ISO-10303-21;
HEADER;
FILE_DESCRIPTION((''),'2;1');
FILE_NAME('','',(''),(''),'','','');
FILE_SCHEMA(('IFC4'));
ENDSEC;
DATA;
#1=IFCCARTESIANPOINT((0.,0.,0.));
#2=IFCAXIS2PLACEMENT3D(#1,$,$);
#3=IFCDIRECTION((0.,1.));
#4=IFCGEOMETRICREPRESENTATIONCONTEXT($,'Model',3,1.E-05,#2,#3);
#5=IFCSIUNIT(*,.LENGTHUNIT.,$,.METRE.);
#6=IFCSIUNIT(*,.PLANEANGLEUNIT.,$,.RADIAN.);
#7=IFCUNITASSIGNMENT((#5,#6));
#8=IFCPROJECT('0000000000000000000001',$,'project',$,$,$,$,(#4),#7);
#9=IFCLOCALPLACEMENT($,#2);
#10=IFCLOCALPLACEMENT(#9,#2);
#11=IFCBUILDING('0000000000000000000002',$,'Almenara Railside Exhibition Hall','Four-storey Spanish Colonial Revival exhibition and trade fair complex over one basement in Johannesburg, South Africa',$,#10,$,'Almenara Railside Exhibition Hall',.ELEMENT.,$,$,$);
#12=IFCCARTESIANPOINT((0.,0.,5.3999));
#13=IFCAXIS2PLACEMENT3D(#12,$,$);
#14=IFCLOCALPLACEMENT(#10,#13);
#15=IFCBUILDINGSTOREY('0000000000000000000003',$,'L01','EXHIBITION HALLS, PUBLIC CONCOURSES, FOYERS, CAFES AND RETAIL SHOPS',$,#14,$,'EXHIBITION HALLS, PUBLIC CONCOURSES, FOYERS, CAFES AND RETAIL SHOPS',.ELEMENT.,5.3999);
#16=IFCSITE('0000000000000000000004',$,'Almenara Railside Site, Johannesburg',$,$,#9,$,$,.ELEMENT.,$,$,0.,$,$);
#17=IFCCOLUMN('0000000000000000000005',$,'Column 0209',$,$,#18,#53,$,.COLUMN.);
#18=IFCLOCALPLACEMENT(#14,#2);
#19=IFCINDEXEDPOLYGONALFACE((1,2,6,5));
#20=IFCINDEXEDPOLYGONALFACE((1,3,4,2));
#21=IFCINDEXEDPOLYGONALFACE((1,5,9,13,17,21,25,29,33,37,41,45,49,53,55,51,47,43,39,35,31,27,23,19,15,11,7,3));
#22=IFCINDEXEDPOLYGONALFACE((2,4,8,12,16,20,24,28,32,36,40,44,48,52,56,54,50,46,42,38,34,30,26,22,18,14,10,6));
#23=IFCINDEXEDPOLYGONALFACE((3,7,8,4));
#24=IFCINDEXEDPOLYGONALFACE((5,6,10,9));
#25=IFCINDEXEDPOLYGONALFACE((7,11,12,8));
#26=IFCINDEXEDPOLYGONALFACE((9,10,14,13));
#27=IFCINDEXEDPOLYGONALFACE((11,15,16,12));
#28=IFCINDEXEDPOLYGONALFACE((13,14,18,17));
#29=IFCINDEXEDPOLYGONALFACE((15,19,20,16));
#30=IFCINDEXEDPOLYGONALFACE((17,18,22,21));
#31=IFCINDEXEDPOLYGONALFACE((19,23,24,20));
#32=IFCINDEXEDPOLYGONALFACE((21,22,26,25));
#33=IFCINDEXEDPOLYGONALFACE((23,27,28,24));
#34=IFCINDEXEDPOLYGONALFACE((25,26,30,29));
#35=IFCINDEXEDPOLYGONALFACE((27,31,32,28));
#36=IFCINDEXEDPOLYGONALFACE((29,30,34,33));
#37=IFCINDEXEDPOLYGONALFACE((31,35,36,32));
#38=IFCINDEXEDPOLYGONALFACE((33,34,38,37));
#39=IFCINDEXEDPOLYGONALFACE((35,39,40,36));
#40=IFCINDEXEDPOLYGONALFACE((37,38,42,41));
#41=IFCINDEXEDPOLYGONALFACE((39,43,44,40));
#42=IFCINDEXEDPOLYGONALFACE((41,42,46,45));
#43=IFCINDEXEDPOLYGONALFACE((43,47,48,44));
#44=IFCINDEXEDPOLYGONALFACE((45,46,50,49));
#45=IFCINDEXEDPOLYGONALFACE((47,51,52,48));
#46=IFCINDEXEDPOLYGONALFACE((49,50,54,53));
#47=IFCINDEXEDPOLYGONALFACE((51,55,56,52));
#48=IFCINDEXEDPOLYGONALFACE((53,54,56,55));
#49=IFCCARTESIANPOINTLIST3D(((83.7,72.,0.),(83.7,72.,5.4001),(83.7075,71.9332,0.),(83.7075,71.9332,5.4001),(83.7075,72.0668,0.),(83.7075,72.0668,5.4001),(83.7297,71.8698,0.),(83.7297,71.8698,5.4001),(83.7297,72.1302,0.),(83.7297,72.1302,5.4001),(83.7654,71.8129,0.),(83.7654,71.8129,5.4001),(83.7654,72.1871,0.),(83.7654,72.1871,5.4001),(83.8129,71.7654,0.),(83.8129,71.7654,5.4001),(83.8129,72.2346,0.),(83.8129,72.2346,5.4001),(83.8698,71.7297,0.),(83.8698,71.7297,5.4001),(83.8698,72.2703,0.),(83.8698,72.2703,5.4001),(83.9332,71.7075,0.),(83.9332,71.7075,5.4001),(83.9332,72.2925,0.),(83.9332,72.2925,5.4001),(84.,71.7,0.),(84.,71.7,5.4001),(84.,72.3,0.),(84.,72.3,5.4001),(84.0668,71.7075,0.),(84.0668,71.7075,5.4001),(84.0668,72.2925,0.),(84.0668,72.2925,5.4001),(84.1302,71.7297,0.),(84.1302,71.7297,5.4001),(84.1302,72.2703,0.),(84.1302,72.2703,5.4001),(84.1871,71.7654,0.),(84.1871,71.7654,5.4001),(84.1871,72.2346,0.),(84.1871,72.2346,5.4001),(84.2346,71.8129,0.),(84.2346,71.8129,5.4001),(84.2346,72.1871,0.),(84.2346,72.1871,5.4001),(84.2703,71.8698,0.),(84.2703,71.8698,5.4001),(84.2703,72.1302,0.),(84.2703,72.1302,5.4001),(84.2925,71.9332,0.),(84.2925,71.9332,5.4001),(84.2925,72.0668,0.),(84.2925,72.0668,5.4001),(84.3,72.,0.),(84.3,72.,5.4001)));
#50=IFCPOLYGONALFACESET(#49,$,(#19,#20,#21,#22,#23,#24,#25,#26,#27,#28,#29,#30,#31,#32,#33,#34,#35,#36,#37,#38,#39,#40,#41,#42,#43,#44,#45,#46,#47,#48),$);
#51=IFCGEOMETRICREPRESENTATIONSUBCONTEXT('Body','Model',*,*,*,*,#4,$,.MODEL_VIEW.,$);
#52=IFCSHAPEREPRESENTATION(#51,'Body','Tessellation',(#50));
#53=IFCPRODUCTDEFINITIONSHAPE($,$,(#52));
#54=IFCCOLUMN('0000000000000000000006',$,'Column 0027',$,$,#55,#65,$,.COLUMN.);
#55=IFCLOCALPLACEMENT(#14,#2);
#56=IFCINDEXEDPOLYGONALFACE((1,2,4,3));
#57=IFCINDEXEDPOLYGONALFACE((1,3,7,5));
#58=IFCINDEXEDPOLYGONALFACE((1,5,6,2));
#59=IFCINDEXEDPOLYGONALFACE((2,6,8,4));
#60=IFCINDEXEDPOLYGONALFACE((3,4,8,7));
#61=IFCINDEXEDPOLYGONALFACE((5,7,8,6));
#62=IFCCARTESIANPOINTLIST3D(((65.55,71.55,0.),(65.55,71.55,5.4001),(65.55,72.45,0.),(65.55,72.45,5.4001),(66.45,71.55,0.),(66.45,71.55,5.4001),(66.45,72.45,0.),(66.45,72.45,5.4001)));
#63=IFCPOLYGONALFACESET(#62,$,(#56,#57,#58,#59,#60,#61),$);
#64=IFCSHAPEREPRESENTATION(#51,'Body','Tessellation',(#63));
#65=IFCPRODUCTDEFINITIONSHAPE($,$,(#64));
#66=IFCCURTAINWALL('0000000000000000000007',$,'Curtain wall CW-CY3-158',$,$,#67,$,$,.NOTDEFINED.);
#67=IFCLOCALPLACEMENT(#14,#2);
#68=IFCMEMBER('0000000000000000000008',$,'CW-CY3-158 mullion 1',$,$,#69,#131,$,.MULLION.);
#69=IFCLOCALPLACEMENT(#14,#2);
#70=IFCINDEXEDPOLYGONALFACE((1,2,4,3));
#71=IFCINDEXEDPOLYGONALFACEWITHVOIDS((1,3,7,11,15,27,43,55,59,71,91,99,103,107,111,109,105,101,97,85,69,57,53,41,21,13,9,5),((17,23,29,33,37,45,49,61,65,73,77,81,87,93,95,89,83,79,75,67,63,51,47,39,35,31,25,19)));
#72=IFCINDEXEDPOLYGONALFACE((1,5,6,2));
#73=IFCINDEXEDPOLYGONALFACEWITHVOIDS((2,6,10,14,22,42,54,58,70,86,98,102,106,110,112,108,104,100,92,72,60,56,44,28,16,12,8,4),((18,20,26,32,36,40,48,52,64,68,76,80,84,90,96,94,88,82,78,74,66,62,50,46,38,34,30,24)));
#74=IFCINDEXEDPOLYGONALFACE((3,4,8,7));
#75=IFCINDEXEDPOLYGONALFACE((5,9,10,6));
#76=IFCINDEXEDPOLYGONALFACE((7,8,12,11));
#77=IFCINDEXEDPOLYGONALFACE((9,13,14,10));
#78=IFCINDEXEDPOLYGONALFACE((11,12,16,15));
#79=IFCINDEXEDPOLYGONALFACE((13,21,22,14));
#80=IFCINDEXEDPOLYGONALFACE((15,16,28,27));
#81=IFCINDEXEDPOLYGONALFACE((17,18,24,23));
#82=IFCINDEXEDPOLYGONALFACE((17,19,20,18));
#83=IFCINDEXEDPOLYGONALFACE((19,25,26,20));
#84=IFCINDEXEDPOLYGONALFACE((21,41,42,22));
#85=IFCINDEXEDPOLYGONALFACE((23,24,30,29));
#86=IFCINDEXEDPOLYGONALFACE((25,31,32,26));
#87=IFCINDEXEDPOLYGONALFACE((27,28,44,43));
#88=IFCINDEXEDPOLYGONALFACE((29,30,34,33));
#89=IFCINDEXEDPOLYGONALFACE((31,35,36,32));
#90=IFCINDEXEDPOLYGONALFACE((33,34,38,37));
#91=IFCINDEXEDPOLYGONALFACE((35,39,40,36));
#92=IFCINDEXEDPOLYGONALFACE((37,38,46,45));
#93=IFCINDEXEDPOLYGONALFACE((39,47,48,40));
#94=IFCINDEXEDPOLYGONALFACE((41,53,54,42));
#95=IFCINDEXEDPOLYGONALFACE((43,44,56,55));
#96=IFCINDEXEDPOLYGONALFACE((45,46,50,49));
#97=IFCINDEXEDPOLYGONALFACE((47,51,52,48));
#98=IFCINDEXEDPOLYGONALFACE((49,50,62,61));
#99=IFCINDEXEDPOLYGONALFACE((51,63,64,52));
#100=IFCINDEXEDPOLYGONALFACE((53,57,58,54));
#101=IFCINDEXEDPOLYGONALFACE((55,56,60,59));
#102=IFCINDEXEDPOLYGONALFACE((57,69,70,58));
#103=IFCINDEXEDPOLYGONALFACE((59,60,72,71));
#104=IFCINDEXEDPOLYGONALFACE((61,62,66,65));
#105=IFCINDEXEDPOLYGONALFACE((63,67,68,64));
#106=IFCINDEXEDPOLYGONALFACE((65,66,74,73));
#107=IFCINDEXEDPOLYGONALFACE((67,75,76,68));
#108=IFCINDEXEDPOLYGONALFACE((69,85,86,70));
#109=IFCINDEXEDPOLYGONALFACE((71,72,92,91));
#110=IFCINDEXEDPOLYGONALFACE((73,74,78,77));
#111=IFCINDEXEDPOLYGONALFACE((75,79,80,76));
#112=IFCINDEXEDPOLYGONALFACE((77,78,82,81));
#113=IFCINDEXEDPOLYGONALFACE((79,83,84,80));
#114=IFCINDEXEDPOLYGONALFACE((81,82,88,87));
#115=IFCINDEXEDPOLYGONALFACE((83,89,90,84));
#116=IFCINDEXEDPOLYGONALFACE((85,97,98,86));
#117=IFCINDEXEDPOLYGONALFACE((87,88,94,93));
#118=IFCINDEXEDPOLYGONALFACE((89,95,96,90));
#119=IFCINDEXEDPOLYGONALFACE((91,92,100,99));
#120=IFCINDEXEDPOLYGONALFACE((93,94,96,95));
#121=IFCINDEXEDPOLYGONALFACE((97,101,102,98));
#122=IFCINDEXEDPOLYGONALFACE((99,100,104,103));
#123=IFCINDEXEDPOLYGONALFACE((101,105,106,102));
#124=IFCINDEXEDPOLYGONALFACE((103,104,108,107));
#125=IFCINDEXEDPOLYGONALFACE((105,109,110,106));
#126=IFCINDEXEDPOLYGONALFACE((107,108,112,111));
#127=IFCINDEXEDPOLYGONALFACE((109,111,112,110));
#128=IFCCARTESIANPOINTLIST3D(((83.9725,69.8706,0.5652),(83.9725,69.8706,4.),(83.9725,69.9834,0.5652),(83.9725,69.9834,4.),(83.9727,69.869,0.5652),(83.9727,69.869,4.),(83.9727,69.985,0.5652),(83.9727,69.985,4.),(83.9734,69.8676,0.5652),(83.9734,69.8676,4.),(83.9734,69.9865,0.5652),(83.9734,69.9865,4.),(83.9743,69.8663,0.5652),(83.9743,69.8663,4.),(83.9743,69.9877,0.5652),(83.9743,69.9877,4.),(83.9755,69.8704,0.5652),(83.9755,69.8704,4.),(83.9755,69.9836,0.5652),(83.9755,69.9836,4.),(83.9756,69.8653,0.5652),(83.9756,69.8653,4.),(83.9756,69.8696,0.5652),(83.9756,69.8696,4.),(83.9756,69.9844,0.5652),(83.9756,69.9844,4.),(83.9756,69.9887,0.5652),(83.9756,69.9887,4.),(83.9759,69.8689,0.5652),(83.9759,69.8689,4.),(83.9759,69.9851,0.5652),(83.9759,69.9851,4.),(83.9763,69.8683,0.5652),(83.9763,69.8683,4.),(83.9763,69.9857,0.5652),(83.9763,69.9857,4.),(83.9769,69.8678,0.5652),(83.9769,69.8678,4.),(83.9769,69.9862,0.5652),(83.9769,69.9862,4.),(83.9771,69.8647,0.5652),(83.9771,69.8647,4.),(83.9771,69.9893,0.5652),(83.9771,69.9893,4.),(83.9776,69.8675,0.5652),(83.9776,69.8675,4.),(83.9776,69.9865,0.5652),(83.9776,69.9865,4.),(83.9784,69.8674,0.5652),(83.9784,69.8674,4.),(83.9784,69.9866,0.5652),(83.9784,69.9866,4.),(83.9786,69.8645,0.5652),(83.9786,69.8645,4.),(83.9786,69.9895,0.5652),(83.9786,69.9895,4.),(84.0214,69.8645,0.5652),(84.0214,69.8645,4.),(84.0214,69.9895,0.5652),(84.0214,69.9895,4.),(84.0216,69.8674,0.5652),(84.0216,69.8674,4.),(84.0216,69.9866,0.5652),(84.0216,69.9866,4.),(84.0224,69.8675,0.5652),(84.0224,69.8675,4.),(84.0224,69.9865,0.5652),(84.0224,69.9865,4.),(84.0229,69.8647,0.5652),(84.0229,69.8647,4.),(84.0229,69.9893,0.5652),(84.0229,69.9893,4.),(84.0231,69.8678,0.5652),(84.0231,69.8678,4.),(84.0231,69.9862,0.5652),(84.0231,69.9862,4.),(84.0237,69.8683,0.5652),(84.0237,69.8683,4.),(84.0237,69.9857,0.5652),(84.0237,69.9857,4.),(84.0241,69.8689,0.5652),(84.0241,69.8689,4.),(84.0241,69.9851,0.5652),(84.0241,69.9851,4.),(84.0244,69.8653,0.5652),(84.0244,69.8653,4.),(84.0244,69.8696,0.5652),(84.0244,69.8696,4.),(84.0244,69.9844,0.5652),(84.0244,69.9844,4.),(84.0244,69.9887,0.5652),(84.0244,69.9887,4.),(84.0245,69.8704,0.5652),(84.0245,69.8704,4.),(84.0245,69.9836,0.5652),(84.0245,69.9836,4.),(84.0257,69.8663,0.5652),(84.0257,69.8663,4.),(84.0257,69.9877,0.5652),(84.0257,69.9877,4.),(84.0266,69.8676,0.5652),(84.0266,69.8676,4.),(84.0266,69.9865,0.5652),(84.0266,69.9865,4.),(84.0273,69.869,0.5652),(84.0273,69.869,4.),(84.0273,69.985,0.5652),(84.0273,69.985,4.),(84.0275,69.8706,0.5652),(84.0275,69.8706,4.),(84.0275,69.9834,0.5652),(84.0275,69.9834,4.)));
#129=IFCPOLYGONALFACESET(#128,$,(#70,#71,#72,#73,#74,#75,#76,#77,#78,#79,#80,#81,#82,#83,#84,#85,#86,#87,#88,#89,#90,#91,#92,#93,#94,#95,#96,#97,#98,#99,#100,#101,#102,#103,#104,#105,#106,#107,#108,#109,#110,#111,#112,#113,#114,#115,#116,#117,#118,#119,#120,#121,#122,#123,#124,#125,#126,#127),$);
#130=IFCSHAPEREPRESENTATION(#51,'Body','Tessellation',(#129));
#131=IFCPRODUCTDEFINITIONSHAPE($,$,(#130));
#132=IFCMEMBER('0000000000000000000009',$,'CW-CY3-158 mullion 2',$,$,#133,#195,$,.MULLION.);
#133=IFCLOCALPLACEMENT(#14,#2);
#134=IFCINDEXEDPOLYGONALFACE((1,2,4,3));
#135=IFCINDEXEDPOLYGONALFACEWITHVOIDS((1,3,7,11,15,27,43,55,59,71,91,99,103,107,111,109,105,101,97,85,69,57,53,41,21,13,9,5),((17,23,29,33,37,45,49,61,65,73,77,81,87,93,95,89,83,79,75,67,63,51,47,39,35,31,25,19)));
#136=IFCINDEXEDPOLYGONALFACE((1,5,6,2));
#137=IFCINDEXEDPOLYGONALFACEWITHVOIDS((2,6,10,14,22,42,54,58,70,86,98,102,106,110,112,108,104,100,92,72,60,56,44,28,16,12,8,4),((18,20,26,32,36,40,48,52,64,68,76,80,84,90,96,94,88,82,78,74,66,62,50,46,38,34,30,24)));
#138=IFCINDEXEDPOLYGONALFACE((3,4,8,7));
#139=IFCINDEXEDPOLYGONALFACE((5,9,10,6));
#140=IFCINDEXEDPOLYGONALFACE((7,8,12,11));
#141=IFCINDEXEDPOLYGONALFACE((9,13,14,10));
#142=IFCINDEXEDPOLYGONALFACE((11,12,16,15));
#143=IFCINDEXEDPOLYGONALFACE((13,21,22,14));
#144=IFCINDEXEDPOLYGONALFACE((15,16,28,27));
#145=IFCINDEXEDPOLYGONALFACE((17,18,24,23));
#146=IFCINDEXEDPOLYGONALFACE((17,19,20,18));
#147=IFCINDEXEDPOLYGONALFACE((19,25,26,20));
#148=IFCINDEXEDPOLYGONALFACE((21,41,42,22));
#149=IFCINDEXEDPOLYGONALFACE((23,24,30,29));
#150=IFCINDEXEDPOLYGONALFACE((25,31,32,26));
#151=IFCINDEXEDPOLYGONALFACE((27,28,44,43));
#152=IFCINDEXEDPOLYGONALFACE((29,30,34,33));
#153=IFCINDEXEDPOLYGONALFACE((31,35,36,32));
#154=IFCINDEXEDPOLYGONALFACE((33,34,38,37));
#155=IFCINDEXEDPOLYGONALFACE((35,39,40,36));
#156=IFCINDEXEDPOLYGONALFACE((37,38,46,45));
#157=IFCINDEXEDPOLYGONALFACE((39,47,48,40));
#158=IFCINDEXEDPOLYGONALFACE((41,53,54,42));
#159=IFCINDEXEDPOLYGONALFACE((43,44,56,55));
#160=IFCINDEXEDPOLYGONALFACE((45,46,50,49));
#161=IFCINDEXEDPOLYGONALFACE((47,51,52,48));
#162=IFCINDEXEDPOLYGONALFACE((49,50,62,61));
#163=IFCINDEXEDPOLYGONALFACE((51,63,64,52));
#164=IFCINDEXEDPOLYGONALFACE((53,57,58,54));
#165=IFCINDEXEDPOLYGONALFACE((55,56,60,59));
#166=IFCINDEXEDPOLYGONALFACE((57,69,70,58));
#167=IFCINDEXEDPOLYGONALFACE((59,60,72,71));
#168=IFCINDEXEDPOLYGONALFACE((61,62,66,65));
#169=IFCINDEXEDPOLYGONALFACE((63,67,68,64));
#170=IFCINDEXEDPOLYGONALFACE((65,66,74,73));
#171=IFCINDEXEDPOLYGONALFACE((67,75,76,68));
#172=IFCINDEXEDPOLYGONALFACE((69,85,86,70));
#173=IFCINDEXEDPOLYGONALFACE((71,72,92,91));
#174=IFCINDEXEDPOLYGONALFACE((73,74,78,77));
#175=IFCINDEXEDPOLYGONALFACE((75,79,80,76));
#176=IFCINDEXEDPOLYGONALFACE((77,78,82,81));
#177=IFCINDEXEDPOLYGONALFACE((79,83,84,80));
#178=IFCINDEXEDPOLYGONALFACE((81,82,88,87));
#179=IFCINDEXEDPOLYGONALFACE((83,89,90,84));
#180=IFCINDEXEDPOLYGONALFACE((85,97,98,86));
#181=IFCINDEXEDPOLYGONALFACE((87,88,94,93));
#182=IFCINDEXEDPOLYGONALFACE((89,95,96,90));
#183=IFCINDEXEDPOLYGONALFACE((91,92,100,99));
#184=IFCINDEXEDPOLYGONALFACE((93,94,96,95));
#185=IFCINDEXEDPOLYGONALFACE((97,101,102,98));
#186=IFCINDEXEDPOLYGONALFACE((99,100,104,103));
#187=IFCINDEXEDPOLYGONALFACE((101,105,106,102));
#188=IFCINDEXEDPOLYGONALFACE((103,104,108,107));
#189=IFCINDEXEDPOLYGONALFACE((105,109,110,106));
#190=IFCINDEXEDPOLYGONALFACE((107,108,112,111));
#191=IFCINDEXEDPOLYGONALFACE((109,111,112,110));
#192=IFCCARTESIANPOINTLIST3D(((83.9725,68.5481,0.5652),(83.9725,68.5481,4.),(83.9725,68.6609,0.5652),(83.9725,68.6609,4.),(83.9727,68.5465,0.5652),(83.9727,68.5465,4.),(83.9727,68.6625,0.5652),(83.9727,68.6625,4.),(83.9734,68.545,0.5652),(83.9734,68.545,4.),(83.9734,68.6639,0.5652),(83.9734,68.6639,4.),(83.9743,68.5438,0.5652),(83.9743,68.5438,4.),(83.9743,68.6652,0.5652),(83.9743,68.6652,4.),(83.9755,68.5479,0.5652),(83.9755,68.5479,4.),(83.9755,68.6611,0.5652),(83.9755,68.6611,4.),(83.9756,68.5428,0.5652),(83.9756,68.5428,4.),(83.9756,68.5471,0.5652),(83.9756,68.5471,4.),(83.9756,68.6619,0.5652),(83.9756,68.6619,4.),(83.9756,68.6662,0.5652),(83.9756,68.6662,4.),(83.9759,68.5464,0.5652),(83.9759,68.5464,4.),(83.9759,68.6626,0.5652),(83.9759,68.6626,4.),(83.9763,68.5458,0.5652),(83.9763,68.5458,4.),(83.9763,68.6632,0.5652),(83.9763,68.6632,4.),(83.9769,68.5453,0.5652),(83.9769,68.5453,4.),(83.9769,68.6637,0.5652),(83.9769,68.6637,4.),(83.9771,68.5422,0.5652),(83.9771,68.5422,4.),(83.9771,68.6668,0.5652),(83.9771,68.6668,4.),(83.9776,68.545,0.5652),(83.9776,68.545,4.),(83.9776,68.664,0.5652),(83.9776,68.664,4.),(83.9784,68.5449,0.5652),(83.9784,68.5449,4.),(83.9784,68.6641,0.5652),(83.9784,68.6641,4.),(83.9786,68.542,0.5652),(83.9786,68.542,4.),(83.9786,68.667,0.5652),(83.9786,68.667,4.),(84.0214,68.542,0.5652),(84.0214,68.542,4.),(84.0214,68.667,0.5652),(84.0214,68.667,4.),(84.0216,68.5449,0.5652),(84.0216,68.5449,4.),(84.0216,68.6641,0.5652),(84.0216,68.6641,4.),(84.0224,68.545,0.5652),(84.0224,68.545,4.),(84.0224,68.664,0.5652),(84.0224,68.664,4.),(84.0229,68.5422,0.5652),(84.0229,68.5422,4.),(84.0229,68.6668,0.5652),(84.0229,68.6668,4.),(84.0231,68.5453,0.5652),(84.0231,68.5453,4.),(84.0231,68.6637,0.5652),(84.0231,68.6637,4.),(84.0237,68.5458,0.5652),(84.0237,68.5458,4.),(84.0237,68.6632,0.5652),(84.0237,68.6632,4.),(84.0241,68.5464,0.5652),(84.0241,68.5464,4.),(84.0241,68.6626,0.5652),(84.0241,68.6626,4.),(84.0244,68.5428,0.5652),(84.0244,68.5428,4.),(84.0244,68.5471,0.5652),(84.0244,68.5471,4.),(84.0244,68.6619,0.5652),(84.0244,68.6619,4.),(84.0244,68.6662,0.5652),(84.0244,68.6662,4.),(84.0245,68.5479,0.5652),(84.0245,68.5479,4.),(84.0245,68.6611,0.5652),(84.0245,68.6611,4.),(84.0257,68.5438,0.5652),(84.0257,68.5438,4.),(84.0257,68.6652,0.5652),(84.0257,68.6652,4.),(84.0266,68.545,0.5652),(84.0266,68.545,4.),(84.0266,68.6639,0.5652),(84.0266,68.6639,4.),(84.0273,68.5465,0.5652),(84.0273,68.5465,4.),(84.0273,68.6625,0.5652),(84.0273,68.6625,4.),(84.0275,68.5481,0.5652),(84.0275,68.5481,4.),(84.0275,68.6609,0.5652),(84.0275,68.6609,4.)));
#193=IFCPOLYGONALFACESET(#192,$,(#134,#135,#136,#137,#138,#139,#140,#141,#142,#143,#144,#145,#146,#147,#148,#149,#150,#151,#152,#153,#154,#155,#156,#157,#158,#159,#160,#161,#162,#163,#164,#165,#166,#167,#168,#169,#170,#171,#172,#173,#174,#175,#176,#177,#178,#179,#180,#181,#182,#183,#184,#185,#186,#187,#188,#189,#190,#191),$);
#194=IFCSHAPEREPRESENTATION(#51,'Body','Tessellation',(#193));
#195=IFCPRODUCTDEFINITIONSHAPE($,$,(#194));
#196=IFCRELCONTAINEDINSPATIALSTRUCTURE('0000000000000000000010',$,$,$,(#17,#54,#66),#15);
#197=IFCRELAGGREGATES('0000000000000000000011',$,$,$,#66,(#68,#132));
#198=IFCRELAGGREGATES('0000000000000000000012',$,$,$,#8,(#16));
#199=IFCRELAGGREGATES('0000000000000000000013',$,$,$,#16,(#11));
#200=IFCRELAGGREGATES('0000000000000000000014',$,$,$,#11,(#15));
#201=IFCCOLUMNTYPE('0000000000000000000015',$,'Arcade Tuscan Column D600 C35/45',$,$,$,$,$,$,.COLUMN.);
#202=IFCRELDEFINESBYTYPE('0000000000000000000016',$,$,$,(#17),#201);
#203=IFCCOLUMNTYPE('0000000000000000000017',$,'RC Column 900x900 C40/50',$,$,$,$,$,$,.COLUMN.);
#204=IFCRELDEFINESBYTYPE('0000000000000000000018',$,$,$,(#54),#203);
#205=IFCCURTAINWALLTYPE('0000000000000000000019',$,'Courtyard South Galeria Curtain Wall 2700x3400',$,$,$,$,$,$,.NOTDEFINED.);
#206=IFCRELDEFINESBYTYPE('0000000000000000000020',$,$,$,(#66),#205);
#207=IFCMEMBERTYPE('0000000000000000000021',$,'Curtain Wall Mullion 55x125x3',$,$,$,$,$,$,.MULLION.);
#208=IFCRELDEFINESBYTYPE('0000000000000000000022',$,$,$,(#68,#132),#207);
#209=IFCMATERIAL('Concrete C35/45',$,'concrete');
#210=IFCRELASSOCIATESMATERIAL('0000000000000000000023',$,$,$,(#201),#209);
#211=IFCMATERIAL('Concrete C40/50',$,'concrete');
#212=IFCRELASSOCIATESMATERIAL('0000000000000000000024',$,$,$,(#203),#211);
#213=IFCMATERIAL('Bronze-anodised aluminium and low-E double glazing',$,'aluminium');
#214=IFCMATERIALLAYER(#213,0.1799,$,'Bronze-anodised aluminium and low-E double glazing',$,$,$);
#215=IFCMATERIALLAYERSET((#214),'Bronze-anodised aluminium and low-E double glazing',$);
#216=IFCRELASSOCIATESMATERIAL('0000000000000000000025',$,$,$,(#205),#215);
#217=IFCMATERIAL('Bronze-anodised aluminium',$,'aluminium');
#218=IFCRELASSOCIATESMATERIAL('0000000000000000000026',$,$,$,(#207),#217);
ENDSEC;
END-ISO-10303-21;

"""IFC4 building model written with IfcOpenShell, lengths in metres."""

from ifc_helpers import new_model, si_unit, direction, frame, origin, origin_2d, place, context, subcontext, project, spatial, rectangle, hollow_rectangle, circle, extrude, material, layer, layer_set, material_profile, profile_set, type_object, element, aggregate, save


model = new_model("IFC4")

# Units and contexts
model_context = context("Model", 3, precision=1e-05, world=origin(), true_north=direction((0.0, 1.0)))
body_context = subcontext(model_context, "Body", "Model", "MODEL_VIEW")
ifc_project = project(units=[si_unit("LENGTHUNIT", "METRE"), si_unit("PLANEANGLEUNIT", "RADIAN")], contexts=[model_context])

# Site, building, storey
site_placement = place(None, origin())
site = spatial("IfcSite", under=ifc_project, at=site_placement, Name="Almenara Railside Site, Johannesburg", CompositionType="ELEMENT", RefElevation=0.0)
building_placement = place(site_placement, origin())
building = spatial("IfcBuilding", under=site, at=building_placement, Name="Almenara Railside Exhibition Hall", Description="Four-storey Spanish Colonial Revival exhibition and trade fair complex over one basement in Johannesburg, South Africa", LongName="Almenara Railside Exhibition Hall", CompositionType="ELEMENT")
storey_placement = place(building_placement, frame((0.0, 0.0, 5.3999)))
storey = spatial("IfcBuildingStorey", under=building, at=storey_placement, Name="L01", Description="EXHIBITION HALLS, PUBLIC CONCOURSES, FOYERS, CAFES AND RETAIL SHOPS", LongName="EXHIBITION HALLS, PUBLIC CONCOURSES, FOYERS, CAFES AND RETAIL SHOPS", CompositionType="ELEMENT", Elevation=5.3999)

# Columns
ifc_material_1 = material(Name="Concrete C35/45", Category="concrete")
ifc_material_profile_1 = material_profile(ifc_material_1, circle(Radius=0.3, at=origin_2d()), Name="RC-COL D600")
ifc_profile_set_1 = profile_set([ifc_material_profile_1], Name="Concrete C35/45")
column_type_1 = type_object("IfcColumnType", Name="Arcade Tuscan Column D600 C35/45", PredefinedType="COLUMN", material=ifc_profile_set_1)
column_1_placement = place(storey_placement, frame((84.0, 72.0, 0.0), z_axis=(0.0, 0.0, 1.0), x_axis=(1.0, 0.0, 0.0)))
element("IfcColumn", 1, at=column_1_placement, inside=storey, type_object=column_type_1, Name="Column 0209", PredefinedType="COLUMN", context=body_context, shape_type="SweptSolid", body=[
    extrude(circle(Radius=0.3, at=origin_2d()), origin(), (0.0, 0.0, 1.0), 5.4001),
])
ifc_material_2 = material(Name="Concrete C40/50", Category="concrete")
ifc_material_profile_2 = material_profile(ifc_material_2, rectangle(XDim=0.8999, YDim=0.8999, at=origin_2d()), Name="RC 900x900")
ifc_profile_set_2 = profile_set([ifc_material_profile_2], Name="Concrete C40/50")
column_type_2 = type_object("IfcColumnType", Name="RC Column 900x900 C40/50", PredefinedType="COLUMN", material=ifc_profile_set_2)
column_2_placement = place(storey_placement, frame((66.0, 72.0, 0.0), z_axis=(0.0, 0.0, 1.0), x_axis=(1.0, 0.0, 0.0)))
element("IfcColumn", 2, at=column_2_placement, inside=storey, type_object=column_type_2, Name="Column 0027", PredefinedType="COLUMN", context=body_context, shape_type="SweptSolid", body=[
    extrude(rectangle(XDim=0.8999, YDim=0.8999, at=origin_2d()), origin(), (0.0, 0.0, 1.0), 5.4001),
])

# Curtain wall, members
ifc_material_3 = material(Name="Bronze-anodised aluminium and low-E double glazing", Category="aluminium")
ifc_layer_1 = layer(ifc_material_3, 0.1799, Name="Bronze-anodised aluminium and low-E double glazing")
ifc_layer_set_1 = layer_set([ifc_layer_1], Name="Bronze-anodised aluminium and low-E double glazing")
curtain_wall_type = type_object("IfcCurtainWallType", Name="Courtyard South Galeria Curtain Wall 2700x3400", PredefinedType="NOTDEFINED", material=ifc_layer_set_1)
curtain_wall_1_placement = place(storey_placement, origin())
curtain_wall_1 = element("IfcCurtainWall", 3, at=curtain_wall_1_placement, inside=storey, type_object=curtain_wall_type, Name="Curtain wall CW-CY3-158", PredefinedType="NOTDEFINED")
ifc_material_4 = material(Name="Bronze-anodised aluminium", Category="aluminium")
ifc_material_profile_3 = material_profile(ifc_material_4, hollow_rectangle(XDim=0.0549, YDim=0.125, WallThickness=0.0029, InnerFilletRadius=0.0029, OuterFilletRadius=0.0061, at=origin_2d()), Name="ALU-MUL 55x125x3")
ifc_profile_set_3 = profile_set([ifc_material_profile_3], Name="Bronze-anodised aluminium")
member_type_1 = type_object("IfcMemberType", Name="Curtain Wall Mullion 55x125x3", PredefinedType="MULLION", material=ifc_profile_set_3)
member_1_placement = place(storey_placement, frame((84.0, 69.927, 0.5652), z_axis=(0.0, 0.0, 1.0), x_axis=(1.0, 0.0, 0.0)))
member_1 = element("IfcMember", 4, at=member_1_placement, type_object=member_type_1, Name="CW-CY3-158 mullion 1", PredefinedType="MULLION", context=body_context, shape_type="SweptSolid", body=[
    extrude(hollow_rectangle(XDim=0.0549, YDim=0.125, WallThickness=0.0029, InnerFilletRadius=0.0029, OuterFilletRadius=0.0061, at=origin_2d()), origin(), (0.0, 0.0, 1.0), 3.4348),
])
member_2_placement = place(storey_placement, frame((84.0, 68.6045, 0.5652), z_axis=(0.0, 0.0, 1.0), x_axis=(1.0, 0.0, 0.0)))
member_2 = element("IfcMember", 5, at=member_2_placement, type_object=member_type_1, Name="CW-CY3-158 mullion 2", PredefinedType="MULLION", context=body_context, shape_type="SweptSolid", body=[
    extrude(hollow_rectangle(XDim=0.0549, YDim=0.125, WallThickness=0.0029, InnerFilletRadius=0.0029, OuterFilletRadius=0.0061, at=origin_2d()), origin(), (0.0, 0.0, 1.0), 3.4348),
])

aggregate(curtain_wall_1, [member_1, member_2])

save(model, "model.ifc")
